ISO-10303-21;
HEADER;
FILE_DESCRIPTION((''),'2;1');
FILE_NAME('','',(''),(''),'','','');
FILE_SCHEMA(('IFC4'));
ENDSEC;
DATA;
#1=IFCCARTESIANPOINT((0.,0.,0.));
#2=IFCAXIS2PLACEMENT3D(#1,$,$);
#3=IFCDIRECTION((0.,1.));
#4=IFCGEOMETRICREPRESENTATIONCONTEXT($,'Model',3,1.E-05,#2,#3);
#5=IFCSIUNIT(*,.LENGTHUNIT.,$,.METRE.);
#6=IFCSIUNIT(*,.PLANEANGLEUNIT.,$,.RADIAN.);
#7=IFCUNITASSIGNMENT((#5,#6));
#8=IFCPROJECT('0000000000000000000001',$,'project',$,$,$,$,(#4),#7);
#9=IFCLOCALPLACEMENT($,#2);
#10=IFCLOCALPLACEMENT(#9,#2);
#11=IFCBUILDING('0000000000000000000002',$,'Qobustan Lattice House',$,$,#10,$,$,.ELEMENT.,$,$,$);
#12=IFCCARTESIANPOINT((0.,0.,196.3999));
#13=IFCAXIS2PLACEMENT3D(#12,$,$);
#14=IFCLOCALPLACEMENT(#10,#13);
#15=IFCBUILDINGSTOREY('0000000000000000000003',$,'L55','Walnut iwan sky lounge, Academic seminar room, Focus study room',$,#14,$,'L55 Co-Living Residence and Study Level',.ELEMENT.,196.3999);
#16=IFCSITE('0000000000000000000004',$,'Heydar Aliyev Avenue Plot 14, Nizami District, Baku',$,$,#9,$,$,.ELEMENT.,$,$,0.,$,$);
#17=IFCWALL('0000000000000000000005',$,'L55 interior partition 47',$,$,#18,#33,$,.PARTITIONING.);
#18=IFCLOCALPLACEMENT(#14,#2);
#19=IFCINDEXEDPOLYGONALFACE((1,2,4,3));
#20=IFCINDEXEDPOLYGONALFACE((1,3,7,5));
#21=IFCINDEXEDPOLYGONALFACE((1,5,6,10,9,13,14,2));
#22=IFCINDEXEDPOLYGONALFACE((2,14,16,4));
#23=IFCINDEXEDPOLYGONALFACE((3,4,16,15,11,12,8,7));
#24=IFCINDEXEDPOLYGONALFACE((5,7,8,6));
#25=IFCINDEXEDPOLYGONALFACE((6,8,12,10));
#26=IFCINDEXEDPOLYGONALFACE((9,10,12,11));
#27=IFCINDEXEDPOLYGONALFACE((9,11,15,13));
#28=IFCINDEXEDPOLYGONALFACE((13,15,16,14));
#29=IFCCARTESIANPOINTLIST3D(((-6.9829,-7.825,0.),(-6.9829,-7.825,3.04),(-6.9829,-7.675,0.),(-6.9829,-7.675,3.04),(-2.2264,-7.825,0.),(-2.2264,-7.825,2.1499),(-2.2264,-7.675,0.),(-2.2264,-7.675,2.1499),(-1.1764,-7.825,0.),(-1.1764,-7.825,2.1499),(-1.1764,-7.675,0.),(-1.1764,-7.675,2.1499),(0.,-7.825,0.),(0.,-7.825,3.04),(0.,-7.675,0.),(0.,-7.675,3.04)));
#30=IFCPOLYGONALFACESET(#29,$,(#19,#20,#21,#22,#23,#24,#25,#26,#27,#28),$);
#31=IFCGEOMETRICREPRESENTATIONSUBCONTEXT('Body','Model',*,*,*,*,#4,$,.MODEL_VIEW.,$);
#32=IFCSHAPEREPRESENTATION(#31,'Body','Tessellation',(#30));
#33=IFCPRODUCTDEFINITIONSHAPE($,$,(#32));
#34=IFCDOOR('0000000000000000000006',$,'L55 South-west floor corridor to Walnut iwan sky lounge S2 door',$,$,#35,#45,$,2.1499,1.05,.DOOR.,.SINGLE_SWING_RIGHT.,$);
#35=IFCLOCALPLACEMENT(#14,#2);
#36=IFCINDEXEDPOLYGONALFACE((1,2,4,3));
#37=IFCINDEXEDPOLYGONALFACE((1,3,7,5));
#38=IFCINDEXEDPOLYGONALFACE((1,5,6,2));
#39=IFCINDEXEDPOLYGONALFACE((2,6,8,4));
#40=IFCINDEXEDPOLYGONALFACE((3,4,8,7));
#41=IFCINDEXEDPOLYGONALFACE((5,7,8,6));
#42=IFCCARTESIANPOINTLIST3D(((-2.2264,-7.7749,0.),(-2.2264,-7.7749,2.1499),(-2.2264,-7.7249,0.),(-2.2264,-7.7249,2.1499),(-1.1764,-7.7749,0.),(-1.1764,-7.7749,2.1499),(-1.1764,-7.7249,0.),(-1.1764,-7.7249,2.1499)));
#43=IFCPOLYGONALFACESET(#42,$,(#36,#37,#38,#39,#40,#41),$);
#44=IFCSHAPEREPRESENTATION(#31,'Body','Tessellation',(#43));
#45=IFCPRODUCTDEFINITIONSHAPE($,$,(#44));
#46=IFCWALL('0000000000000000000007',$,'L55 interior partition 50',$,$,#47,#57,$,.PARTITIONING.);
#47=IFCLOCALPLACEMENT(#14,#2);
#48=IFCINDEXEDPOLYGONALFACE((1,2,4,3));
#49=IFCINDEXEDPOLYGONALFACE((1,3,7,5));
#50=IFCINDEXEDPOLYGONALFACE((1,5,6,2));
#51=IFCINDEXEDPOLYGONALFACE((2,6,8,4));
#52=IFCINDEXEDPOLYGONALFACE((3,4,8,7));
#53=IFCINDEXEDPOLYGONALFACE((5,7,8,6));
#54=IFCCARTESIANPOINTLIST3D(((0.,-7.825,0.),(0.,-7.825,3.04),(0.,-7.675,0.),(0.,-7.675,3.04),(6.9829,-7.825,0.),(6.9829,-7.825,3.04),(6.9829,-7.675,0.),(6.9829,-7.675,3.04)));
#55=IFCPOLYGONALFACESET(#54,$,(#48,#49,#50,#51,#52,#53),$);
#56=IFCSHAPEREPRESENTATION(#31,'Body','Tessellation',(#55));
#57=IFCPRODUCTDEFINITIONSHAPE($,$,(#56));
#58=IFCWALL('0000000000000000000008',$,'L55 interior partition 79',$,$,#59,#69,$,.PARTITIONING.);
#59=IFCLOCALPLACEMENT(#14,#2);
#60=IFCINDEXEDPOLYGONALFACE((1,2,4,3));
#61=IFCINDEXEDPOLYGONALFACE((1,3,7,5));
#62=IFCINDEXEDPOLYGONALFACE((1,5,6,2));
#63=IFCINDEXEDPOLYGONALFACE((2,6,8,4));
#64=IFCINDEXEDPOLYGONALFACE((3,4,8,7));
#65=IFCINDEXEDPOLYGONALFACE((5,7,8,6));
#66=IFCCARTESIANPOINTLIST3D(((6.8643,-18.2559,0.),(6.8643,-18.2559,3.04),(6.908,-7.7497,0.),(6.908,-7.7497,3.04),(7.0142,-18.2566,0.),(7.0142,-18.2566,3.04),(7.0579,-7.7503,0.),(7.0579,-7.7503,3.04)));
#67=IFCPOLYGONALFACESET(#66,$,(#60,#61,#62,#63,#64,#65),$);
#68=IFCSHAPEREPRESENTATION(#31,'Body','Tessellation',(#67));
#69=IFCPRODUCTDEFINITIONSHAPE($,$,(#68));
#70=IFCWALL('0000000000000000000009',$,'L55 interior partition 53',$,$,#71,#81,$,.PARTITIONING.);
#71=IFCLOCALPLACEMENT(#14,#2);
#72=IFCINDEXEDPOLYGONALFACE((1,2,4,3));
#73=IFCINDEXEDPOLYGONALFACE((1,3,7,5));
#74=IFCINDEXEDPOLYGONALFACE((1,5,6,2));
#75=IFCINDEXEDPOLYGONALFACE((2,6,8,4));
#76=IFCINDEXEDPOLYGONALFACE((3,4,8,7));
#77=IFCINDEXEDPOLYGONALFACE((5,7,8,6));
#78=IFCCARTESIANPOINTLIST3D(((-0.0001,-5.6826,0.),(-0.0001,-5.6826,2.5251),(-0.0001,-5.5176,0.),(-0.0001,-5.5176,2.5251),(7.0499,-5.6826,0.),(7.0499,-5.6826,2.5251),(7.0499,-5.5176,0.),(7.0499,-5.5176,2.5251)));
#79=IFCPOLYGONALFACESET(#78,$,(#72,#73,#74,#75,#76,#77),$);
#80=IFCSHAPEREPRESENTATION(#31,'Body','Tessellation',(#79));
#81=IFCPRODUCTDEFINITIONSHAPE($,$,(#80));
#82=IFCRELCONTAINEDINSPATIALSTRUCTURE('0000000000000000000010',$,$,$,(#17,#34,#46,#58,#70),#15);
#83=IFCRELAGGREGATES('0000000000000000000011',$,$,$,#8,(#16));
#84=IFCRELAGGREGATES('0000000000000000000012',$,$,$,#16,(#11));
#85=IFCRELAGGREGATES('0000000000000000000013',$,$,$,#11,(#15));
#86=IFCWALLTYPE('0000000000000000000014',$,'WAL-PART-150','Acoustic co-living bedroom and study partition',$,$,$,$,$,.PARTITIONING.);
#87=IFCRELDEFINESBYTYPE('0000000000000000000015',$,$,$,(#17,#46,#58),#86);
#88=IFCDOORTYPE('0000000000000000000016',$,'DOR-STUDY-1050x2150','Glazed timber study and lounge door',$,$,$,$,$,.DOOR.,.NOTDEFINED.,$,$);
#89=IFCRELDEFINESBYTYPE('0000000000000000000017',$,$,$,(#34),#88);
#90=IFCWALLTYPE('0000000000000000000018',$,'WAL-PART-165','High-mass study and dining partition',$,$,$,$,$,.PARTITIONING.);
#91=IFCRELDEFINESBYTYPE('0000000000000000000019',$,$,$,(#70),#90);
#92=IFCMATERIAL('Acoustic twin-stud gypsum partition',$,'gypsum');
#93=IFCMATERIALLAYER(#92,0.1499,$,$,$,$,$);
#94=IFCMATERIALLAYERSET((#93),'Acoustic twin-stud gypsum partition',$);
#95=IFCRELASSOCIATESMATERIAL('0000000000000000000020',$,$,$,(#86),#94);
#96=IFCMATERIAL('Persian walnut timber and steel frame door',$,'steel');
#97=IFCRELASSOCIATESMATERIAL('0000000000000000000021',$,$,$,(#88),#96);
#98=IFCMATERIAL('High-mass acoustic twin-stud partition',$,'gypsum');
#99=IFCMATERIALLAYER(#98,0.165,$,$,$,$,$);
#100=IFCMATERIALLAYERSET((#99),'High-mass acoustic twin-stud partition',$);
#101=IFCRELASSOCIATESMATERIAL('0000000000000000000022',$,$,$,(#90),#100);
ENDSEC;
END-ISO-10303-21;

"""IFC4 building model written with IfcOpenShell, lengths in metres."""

from ifc_helpers import new_model, si_unit, direction, frame, frame_2d, origin, place, context, subcontext, project, spatial, rectangle, extrude, material, layer, layer_set, type_object, element, fill, save


model = new_model("IFC4")

# Units and contexts
model_context = context("Model", 3, precision=1e-05, world=origin(), true_north=direction((0.0, 1.0)))
body_context = subcontext(model_context, "Body", "Model", "MODEL_VIEW")
ifc_project = project(units=[si_unit("LENGTHUNIT", "METRE"), si_unit("PLANEANGLEUNIT", "RADIAN")], contexts=[model_context])

# Site, building, storey
site_placement = place(None, origin())
site = spatial("IfcSite", under=ifc_project, at=site_placement, Name="Heydar Aliyev Avenue Plot 14, Nizami District, Baku", CompositionType="ELEMENT", RefElevation=0.0)
building_placement = place(site_placement, origin())
building = spatial("IfcBuilding", under=site, at=building_placement, Name="Qobustan Lattice House", CompositionType="ELEMENT")
storey_placement = place(building_placement, frame((0.0, 0.0, 196.3999)))
storey = spatial("IfcBuildingStorey", under=building, at=storey_placement, Name="L55", Description="Walnut iwan sky lounge, Academic seminar room, Focus study room", LongName="L55 Co-Living Residence and Study Level", CompositionType="ELEMENT", Elevation=196.3999)

# Wall, opening, door
ifc_material_1 = material(Name="Acoustic twin-stud gypsum partition", Category="gypsum")
ifc_layer_1 = layer(ifc_material_1, 0.1499)
ifc_layer_set_1 = layer_set([ifc_layer_1], Name="Acoustic twin-stud gypsum partition")
wall_type_1 = type_object("IfcWallType", Name="WAL-PART-150", Description="Acoustic co-living bedroom and study partition", PredefinedType="PARTITIONING", material=ifc_layer_set_1)
wall_1_placement = place(storey_placement, frame((0.0, -7.75, 0.0), z_axis=(0.0, 0.0, 1.0), x_axis=(-1.0, 0.0, 0.0)))
wall_1 = element("IfcWall", 1, at=wall_1_placement, inside=storey, type_object=wall_type_1, Name="L55 interior partition 47", PredefinedType="PARTITIONING", context=body_context, shape_type="SweptSolid", body=[
    extrude(rectangle(XDim=6.9829, YDim=0.1499, at=frame_2d((3.4915, 0.0))), origin(), (0.0, 0.0, 1.0), 3.04),
])
opening_placement = place(wall_1_placement, frame((1.1765, 0.0, 0.0)))
opening = element("IfcOpeningElement", 2, at=opening_placement, cuts=wall_1, PredefinedType="OPENING", context=body_context, shape_type="SweptSolid", body=[
    extrude(rectangle(XDim=1.05, YDim=2.1499, at=frame_2d((0.5249, 1.075))), frame((0.0, 0.085, 0.0), z_axis=(0.0, -1.0, 0.0), x_axis=(1.0, 0.0, 0.0)), (0.0, 0.0, 1.0), 0.1699),
])
ifc_material_2 = material(Name="Persian walnut timber and steel frame door", Category="steel")
door_type = type_object("IfcDoorType", Name="DOR-STUDY-1050x2150", Description="Glazed timber study and lounge door", OperationType="NOTDEFINED", PredefinedType="DOOR", material=ifc_material_2)
door_placement = place(opening_placement, origin())
door = element("IfcDoor", 3, at=door_placement, inside=storey, type_object=door_type, Name="L55 South-west floor corridor to Walnut iwan sky lounge S2 door", OperationType="SINGLE_SWING_RIGHT", OverallHeight=2.1499, OverallWidth=1.05, PredefinedType="DOOR", context=body_context, shape_type="SweptSolid", body=[
    extrude(rectangle(XDim=1.05, YDim=2.1499, at=frame_2d((0.5249, 1.075))), frame((0.0, 0.0249, 0.0), z_axis=(0.0, -1.0, 0.0), x_axis=(1.0, 0.0, 0.0)), (0.0, 0.0, 1.0), 0.05),
])
fill(opening, door)

# Walls
wall_2_placement = place(storey_placement, frame((6.9829, -7.75, 0.0), z_axis=(0.0, 0.0, 1.0), x_axis=(-1.0, 0.0, 0.0)))
element("IfcWall", 4, at=wall_2_placement, inside=storey, type_object=wall_type_1, Name="L55 interior partition 50", PredefinedType="PARTITIONING", context=body_context, shape_type="SweptSolid", body=[
    extrude(rectangle(XDim=6.9829, YDim=0.1499, at=frame_2d((3.4915, 0.0))), origin(), (0.0, 0.0, 1.0), 3.04),
])
wall_3_placement = place(storey_placement, frame((6.9829, -7.75, 0.0), z_axis=(0.0, 0.0, 1.0), x_axis=(-0.004159, -0.999991, 0.0)))
element("IfcWall", 5, at=wall_3_placement, inside=storey, type_object=wall_type_1, Name="L55 interior partition 79", PredefinedType="PARTITIONING", context=body_context, shape_type="SweptSolid", body=[
    extrude(rectangle(XDim=10.5063, YDim=0.1499, at=frame_2d((5.2532, 0.0))), origin(), (0.0, 0.0, 1.0), 3.04),
])
ifc_material_3 = material(Name="High-mass acoustic twin-stud partition", Category="gypsum")
ifc_layer_2 = layer(ifc_material_3, 0.165)
ifc_layer_set_2 = layer_set([ifc_layer_2], Name="High-mass acoustic twin-stud partition")
wall_type_2 = type_object("IfcWallType", Name="WAL-PART-165", Description="High-mass study and dining partition", PredefinedType="PARTITIONING", material=ifc_layer_set_2)
wall_4_placement = place(storey_placement, frame((0.0, -5.6001, 0.0), z_axis=(0.0, 0.0, 1.0), x_axis=(1.0, 0.0, 0.0)))
element("IfcWall", 6, at=wall_4_placement, inside=storey, type_object=wall_type_2, Name="L55 interior partition 53", PredefinedType="PARTITIONING", context=body_context, shape_type="SweptSolid", body=[
    extrude(rectangle(XDim=7.05, YDim=0.165, at=frame_2d((3.5249, 0.0))), origin(), (0.0, 0.0, 1.0), 2.5251),
])

save(model, "model.ifc")
